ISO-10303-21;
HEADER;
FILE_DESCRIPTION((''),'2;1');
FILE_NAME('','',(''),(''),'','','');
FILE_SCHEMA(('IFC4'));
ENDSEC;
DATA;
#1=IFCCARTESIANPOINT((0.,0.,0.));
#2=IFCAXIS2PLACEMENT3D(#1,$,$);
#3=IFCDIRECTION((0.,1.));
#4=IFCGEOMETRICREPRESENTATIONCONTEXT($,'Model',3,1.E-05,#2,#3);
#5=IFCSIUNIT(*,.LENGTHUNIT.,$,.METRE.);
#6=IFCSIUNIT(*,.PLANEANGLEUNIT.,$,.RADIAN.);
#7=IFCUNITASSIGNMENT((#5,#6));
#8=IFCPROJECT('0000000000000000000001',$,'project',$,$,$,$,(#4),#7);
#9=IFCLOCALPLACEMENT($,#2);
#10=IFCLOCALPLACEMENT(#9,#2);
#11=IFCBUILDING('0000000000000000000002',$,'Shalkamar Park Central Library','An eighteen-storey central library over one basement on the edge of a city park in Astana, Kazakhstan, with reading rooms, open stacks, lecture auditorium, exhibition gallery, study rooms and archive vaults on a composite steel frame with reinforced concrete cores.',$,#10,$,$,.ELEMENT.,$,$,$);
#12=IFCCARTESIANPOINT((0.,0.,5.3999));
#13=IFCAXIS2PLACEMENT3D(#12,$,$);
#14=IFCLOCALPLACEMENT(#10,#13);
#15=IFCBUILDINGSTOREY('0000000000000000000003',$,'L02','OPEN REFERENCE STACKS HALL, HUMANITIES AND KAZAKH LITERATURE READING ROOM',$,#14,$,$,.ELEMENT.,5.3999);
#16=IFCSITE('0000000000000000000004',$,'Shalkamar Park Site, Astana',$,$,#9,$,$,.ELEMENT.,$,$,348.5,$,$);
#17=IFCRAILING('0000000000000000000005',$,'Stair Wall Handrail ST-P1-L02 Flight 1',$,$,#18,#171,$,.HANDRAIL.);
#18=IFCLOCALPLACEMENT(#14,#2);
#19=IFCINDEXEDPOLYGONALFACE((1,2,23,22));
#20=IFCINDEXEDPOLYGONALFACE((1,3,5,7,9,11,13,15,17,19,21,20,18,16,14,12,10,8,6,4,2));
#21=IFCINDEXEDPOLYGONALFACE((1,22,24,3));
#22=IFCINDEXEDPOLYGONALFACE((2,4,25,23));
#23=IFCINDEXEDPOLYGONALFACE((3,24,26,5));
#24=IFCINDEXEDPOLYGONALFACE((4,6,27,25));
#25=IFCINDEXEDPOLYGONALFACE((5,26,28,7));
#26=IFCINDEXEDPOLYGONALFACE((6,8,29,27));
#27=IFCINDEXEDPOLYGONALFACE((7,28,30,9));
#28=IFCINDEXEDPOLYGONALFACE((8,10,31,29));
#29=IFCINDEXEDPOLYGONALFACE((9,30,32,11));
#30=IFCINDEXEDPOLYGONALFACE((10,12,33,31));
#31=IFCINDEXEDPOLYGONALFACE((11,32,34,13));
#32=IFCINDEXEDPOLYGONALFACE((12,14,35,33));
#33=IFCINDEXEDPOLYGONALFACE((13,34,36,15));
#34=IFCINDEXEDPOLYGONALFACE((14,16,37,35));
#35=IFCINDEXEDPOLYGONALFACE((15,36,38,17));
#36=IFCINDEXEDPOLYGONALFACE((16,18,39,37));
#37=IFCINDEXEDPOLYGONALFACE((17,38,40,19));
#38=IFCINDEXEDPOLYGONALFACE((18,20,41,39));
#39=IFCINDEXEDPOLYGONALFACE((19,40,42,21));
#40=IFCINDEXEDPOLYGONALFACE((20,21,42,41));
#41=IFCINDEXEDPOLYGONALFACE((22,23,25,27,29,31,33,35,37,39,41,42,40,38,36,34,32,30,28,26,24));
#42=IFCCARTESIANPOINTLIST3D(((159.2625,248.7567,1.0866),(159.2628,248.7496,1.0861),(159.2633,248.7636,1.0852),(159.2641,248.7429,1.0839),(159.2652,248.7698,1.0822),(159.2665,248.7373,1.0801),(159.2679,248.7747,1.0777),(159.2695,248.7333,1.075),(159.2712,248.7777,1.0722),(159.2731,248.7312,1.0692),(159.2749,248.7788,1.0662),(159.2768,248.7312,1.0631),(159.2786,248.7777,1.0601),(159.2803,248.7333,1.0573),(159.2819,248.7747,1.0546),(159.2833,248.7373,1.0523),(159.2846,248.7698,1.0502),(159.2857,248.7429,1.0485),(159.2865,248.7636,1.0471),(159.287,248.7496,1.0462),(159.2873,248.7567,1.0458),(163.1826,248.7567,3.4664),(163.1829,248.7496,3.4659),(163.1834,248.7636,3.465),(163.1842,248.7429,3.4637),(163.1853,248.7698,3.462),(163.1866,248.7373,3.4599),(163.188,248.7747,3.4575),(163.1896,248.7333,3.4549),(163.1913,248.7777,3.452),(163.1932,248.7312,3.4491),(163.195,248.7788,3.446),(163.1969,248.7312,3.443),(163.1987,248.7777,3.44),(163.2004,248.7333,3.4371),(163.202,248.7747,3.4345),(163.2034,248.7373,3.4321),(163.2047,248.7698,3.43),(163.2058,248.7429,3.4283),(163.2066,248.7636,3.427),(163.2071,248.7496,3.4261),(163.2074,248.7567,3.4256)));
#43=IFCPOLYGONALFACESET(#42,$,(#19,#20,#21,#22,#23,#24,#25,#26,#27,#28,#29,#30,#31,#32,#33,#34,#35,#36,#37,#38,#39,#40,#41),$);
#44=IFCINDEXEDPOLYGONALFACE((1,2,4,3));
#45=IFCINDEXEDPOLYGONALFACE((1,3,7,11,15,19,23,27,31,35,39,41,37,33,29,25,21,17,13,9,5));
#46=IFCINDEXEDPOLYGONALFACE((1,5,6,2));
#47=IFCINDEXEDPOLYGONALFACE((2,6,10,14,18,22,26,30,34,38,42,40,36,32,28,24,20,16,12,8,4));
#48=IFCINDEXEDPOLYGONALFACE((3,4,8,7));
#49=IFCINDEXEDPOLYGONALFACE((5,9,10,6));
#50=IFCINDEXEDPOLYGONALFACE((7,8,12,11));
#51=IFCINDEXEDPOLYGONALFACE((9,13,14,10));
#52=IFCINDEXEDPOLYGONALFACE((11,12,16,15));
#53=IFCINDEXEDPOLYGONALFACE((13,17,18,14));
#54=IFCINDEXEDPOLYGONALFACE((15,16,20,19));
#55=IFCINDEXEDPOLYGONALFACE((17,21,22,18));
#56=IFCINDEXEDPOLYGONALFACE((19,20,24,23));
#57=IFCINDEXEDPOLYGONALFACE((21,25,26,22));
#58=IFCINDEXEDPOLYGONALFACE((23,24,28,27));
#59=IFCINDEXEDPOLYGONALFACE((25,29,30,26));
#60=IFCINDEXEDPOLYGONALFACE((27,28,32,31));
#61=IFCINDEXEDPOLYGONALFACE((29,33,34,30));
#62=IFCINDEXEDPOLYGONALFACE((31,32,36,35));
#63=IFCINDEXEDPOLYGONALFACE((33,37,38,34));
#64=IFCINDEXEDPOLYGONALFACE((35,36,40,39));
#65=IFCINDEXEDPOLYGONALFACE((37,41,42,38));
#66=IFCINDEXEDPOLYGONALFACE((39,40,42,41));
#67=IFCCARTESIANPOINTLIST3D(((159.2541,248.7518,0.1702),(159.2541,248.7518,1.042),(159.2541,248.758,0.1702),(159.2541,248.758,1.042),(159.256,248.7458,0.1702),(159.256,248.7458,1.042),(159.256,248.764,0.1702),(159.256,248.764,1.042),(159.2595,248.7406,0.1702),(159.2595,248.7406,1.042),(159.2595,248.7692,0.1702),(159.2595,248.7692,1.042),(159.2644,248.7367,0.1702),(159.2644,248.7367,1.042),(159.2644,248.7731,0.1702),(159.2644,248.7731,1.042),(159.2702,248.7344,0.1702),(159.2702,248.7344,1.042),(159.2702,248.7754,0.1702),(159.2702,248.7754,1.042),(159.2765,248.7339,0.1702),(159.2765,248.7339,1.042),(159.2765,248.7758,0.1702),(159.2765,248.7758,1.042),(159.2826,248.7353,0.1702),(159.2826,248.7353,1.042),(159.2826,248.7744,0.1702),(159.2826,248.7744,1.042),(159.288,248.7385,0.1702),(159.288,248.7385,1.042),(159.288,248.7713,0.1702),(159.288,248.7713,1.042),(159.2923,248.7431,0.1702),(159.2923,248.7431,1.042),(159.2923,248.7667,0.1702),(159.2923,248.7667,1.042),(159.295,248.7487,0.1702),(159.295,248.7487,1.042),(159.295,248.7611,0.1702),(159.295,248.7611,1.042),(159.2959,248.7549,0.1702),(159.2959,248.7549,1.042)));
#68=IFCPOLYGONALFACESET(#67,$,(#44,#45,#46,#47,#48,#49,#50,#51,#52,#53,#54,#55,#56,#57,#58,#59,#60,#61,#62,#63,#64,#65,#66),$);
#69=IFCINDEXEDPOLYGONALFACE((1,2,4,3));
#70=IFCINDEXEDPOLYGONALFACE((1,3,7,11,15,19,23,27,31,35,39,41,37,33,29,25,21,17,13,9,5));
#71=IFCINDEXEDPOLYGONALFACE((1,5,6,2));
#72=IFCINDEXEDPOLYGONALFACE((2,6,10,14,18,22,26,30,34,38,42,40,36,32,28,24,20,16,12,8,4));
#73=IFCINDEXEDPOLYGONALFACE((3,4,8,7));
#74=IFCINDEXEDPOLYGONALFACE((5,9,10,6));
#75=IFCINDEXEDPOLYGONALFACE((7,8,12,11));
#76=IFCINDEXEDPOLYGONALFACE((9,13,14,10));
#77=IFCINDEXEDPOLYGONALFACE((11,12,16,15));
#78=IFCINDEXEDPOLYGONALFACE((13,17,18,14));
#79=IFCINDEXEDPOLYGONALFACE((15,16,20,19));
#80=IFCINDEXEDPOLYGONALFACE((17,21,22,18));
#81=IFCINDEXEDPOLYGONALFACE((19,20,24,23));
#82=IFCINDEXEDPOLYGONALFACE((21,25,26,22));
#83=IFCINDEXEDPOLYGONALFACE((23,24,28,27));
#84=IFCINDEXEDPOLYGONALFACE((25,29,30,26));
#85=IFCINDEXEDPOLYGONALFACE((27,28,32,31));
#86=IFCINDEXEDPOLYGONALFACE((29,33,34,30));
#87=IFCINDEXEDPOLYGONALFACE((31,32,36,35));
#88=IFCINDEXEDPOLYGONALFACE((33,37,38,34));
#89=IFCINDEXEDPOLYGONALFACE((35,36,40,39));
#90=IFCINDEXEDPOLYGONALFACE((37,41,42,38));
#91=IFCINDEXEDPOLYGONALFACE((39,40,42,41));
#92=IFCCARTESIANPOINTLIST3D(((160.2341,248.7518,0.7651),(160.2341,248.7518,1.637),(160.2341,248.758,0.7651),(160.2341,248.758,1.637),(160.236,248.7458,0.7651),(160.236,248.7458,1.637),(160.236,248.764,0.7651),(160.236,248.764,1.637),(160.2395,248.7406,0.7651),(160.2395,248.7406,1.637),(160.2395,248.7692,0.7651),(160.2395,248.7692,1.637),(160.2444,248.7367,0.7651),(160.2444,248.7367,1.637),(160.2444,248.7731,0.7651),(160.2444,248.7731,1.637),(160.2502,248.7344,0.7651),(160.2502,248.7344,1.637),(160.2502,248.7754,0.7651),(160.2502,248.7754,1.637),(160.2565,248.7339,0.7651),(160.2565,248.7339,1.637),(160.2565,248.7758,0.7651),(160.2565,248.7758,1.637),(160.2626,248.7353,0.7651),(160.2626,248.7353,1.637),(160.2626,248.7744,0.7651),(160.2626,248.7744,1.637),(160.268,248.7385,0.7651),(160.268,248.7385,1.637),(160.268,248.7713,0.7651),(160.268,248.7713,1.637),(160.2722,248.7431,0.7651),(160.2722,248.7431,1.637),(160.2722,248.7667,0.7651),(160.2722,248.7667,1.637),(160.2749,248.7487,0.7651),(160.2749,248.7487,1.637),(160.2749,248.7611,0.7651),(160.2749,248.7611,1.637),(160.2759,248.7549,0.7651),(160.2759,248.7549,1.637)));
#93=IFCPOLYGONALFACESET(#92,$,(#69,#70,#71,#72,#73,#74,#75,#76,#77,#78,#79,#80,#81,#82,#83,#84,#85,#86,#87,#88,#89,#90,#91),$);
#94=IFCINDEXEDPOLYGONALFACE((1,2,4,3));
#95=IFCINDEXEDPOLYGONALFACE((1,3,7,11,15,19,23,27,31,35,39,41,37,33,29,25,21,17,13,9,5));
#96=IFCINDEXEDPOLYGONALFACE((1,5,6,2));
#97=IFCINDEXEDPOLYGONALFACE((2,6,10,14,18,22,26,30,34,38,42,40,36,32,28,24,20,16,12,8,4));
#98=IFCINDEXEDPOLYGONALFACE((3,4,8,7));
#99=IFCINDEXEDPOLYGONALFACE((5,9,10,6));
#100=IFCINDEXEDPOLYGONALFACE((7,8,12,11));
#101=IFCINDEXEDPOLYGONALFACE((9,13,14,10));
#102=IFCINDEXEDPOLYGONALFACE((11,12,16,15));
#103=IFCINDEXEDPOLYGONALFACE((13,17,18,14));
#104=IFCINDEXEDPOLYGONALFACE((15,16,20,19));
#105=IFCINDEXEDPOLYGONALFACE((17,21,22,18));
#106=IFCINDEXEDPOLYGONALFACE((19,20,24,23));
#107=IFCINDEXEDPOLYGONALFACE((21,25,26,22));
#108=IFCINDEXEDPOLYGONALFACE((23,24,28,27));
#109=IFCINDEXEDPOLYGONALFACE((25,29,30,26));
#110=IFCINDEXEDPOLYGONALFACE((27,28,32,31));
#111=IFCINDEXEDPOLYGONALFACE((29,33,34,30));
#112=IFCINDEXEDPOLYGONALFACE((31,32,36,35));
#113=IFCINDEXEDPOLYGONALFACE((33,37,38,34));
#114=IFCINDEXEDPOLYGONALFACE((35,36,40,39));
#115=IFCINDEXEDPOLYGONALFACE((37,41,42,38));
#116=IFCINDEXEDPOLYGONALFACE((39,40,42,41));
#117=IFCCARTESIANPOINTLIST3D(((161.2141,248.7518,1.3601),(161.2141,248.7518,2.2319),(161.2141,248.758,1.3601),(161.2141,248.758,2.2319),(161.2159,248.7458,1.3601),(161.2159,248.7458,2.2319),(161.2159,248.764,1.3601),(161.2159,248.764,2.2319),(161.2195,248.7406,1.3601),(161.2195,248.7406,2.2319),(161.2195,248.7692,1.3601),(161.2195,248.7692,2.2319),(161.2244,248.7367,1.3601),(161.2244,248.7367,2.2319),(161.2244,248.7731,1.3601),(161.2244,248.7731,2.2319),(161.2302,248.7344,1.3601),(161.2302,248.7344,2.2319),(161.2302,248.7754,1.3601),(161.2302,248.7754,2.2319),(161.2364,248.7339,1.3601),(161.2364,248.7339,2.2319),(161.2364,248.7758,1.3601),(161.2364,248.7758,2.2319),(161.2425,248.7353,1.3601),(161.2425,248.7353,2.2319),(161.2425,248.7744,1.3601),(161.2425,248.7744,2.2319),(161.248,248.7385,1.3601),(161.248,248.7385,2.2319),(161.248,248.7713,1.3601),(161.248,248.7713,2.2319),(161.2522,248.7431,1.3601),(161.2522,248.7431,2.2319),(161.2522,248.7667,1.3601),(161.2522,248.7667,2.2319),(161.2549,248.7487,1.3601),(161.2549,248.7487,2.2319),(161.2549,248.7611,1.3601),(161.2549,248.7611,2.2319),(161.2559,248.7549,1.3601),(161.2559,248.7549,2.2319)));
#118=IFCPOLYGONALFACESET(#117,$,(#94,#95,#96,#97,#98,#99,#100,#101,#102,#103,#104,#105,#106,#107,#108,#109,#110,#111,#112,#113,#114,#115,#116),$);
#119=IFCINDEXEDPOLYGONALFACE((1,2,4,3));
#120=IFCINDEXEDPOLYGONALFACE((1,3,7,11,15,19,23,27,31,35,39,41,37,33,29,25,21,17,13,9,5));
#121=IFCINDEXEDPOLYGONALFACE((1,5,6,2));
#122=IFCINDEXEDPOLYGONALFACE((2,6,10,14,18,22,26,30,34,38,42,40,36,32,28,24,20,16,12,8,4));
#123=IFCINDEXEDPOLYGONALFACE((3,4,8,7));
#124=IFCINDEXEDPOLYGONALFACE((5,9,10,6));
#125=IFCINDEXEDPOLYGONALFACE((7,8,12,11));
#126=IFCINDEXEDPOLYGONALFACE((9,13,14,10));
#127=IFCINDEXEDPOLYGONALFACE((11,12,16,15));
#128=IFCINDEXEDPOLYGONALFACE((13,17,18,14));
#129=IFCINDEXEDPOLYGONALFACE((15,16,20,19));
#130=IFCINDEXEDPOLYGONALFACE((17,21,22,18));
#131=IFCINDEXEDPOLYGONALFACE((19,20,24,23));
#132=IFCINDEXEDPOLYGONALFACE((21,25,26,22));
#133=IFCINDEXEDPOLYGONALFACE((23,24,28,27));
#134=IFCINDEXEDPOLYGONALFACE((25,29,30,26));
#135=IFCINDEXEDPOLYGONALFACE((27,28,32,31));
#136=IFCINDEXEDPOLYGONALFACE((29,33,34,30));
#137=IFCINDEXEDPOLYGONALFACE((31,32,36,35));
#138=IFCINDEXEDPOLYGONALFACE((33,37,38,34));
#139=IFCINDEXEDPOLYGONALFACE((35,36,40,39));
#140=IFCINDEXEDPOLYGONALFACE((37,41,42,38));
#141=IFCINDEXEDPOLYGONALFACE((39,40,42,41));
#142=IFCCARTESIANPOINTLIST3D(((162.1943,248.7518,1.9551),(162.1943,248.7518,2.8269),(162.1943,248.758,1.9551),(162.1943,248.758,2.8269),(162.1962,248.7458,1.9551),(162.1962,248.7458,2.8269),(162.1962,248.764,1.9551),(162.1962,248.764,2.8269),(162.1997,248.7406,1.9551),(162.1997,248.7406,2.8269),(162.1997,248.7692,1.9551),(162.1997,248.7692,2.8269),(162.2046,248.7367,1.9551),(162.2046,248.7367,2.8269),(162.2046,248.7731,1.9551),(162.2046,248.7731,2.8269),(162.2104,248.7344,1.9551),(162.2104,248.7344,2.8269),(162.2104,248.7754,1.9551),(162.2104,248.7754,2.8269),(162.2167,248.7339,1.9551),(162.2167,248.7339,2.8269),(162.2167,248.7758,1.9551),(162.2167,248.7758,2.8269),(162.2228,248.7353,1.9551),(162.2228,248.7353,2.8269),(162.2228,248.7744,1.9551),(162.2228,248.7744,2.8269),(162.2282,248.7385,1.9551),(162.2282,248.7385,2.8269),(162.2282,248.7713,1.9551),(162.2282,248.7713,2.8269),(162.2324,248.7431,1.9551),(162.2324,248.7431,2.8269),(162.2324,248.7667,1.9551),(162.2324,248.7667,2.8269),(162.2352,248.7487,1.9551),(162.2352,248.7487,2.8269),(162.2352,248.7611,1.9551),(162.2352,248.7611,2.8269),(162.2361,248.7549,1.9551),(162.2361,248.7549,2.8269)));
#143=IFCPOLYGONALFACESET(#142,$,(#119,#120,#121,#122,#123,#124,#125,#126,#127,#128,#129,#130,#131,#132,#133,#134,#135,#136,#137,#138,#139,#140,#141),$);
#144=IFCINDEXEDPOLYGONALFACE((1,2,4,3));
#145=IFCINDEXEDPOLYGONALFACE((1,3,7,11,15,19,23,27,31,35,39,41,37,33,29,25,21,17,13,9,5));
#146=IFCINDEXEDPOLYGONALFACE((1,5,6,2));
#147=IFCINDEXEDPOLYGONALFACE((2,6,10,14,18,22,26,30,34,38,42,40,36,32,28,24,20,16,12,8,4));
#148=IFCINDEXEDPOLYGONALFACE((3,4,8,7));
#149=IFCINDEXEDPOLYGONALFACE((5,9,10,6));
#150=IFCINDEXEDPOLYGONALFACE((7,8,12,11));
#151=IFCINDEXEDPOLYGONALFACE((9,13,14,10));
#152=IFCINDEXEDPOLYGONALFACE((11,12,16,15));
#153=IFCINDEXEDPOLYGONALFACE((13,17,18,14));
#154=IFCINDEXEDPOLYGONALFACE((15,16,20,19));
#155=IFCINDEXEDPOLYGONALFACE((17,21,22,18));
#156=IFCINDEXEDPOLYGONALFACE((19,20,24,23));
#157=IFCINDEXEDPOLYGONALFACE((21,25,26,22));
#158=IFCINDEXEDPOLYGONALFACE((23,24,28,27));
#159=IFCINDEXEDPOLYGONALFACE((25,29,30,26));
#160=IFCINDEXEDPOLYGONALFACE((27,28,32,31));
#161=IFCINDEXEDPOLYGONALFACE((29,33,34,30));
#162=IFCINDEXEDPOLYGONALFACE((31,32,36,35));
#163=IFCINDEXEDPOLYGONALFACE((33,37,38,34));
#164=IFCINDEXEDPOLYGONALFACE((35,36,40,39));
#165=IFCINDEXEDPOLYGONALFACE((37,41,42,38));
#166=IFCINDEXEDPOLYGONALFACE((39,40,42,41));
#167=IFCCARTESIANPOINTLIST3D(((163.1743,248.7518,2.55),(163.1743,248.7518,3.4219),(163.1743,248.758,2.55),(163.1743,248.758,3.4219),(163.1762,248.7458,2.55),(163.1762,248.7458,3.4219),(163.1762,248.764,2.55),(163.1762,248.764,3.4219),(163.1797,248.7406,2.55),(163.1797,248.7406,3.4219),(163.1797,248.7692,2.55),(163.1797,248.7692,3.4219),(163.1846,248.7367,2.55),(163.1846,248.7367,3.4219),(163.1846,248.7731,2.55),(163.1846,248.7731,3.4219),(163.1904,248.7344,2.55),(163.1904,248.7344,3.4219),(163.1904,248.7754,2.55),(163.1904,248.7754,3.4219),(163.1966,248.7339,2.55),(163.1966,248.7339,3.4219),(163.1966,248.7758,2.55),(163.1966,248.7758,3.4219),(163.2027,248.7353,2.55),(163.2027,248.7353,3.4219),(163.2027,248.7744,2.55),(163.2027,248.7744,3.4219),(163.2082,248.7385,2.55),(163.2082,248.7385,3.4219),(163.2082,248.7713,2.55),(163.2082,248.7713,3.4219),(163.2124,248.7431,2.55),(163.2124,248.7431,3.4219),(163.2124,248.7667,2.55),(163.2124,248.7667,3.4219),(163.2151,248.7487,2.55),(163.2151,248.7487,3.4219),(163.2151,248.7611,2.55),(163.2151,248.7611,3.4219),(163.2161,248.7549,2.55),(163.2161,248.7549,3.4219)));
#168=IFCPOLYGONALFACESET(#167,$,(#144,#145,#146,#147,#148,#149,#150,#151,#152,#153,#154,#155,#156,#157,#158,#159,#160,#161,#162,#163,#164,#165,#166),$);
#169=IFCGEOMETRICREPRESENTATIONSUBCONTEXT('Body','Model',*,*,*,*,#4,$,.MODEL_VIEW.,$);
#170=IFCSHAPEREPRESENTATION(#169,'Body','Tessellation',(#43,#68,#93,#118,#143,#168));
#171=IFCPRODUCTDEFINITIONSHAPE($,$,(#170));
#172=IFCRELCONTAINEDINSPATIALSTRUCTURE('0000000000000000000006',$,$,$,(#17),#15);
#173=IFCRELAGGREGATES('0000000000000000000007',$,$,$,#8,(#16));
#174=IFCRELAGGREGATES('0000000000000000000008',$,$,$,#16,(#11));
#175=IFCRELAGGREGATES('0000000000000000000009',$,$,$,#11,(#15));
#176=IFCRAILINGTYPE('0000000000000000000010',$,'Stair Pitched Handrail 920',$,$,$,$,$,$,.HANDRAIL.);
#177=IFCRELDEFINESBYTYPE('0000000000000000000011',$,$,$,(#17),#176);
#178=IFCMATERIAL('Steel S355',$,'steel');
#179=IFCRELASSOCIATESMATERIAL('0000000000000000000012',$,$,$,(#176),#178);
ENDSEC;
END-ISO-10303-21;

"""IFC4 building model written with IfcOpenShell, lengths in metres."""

from ifc_helpers import new_model, si_unit, direction, frame, origin, origin_2d, place, context, subcontext, project, spatial, circle, extrude, material, type_object, element, save


model = new_model("IFC4")

# Units and contexts
model_context = context("Model", 3, precision=1e-05, world=origin(), true_north=direction((0.0, 1.0)))
body_context = subcontext(model_context, "Body", "Model", "MODEL_VIEW")
ifc_project = project(units=[si_unit("LENGTHUNIT", "METRE"), si_unit("PLANEANGLEUNIT", "RADIAN")], contexts=[model_context])

# Site, building, storey
site_placement = place(None, origin())
site = spatial("IfcSite", under=ifc_project, at=site_placement, Name="Shalkamar Park Site, Astana", CompositionType="ELEMENT", RefElevation=348.5)
building_placement = place(site_placement, origin())
building = spatial("IfcBuilding", under=site, at=building_placement, Name="Shalkamar Park Central Library", Description="An eighteen-storey central library over one basement on the edge of a city park in Astana, Kazakhstan, with reading rooms, open stacks, lecture auditorium, exhibition gallery, study rooms and archive vaults on a composite steel frame with reinforced concrete cores.", CompositionType="ELEMENT")
storey_placement = place(building_placement, frame((0.0, 0.0, 5.3999)))
storey = spatial("IfcBuildingStorey", under=building, at=storey_placement, Name="L02", Description="OPEN REFERENCE STACKS HALL, HUMANITIES AND KAZAKH LITERATURE READING ROOM", CompositionType="ELEMENT", Elevation=5.3999)

# Shared definitions
ifc_material_1 = material(Name="Steel S355", Category="steel")

# Railing
railing_type_1 = type_object("IfcRailingType", Name="Stair Pitched Handrail 920", PredefinedType="HANDRAIL", material=ifc_material_1)
railing_1_placement = place(storey_placement, frame((159.2749, 248.7549, 0.1702)))
element("IfcRailing", 1, at=railing_1_placement, inside=storey, type_object=railing_type_1, Name="Stair Wall Handrail ST-P1-L02 Flight 1", PredefinedType="HANDRAIL", context=body_context, shape_type="SweptSolid", body=[
    extrude(circle(Radius=0.0239, at=origin_2d()), frame((0.0, 0.0, 0.896), z_axis=(0.854809, 0.0, 0.518943), x_axis=(0.0, 1.0, 0.0)), (0.0, 0.0, 1.0), 4.5859),
    extrude(circle(Radius=0.021, at=origin_2d()), origin(), (0.0, 0.0, 1.0), 0.8718),
    extrude(circle(Radius=0.021, at=origin_2d()), frame((0.98, 0.0, 0.595)), (0.0, 0.0, 1.0), 0.8718),
    extrude(circle(Radius=0.021, at=origin_2d()), frame((1.96, 0.0, 1.1899)), (0.0, 0.0, 1.0), 0.8718),
    extrude(circle(Radius=0.021, at=origin_2d()), frame((2.9402, 0.0, 1.7849)), (0.0, 0.0, 1.0), 0.8718),
    extrude(circle(Radius=0.021, at=origin_2d()), frame((3.9202, 0.0, 2.3799)), (0.0, 0.0, 1.0), 0.8718),
])

save(model, "model.ifc")
